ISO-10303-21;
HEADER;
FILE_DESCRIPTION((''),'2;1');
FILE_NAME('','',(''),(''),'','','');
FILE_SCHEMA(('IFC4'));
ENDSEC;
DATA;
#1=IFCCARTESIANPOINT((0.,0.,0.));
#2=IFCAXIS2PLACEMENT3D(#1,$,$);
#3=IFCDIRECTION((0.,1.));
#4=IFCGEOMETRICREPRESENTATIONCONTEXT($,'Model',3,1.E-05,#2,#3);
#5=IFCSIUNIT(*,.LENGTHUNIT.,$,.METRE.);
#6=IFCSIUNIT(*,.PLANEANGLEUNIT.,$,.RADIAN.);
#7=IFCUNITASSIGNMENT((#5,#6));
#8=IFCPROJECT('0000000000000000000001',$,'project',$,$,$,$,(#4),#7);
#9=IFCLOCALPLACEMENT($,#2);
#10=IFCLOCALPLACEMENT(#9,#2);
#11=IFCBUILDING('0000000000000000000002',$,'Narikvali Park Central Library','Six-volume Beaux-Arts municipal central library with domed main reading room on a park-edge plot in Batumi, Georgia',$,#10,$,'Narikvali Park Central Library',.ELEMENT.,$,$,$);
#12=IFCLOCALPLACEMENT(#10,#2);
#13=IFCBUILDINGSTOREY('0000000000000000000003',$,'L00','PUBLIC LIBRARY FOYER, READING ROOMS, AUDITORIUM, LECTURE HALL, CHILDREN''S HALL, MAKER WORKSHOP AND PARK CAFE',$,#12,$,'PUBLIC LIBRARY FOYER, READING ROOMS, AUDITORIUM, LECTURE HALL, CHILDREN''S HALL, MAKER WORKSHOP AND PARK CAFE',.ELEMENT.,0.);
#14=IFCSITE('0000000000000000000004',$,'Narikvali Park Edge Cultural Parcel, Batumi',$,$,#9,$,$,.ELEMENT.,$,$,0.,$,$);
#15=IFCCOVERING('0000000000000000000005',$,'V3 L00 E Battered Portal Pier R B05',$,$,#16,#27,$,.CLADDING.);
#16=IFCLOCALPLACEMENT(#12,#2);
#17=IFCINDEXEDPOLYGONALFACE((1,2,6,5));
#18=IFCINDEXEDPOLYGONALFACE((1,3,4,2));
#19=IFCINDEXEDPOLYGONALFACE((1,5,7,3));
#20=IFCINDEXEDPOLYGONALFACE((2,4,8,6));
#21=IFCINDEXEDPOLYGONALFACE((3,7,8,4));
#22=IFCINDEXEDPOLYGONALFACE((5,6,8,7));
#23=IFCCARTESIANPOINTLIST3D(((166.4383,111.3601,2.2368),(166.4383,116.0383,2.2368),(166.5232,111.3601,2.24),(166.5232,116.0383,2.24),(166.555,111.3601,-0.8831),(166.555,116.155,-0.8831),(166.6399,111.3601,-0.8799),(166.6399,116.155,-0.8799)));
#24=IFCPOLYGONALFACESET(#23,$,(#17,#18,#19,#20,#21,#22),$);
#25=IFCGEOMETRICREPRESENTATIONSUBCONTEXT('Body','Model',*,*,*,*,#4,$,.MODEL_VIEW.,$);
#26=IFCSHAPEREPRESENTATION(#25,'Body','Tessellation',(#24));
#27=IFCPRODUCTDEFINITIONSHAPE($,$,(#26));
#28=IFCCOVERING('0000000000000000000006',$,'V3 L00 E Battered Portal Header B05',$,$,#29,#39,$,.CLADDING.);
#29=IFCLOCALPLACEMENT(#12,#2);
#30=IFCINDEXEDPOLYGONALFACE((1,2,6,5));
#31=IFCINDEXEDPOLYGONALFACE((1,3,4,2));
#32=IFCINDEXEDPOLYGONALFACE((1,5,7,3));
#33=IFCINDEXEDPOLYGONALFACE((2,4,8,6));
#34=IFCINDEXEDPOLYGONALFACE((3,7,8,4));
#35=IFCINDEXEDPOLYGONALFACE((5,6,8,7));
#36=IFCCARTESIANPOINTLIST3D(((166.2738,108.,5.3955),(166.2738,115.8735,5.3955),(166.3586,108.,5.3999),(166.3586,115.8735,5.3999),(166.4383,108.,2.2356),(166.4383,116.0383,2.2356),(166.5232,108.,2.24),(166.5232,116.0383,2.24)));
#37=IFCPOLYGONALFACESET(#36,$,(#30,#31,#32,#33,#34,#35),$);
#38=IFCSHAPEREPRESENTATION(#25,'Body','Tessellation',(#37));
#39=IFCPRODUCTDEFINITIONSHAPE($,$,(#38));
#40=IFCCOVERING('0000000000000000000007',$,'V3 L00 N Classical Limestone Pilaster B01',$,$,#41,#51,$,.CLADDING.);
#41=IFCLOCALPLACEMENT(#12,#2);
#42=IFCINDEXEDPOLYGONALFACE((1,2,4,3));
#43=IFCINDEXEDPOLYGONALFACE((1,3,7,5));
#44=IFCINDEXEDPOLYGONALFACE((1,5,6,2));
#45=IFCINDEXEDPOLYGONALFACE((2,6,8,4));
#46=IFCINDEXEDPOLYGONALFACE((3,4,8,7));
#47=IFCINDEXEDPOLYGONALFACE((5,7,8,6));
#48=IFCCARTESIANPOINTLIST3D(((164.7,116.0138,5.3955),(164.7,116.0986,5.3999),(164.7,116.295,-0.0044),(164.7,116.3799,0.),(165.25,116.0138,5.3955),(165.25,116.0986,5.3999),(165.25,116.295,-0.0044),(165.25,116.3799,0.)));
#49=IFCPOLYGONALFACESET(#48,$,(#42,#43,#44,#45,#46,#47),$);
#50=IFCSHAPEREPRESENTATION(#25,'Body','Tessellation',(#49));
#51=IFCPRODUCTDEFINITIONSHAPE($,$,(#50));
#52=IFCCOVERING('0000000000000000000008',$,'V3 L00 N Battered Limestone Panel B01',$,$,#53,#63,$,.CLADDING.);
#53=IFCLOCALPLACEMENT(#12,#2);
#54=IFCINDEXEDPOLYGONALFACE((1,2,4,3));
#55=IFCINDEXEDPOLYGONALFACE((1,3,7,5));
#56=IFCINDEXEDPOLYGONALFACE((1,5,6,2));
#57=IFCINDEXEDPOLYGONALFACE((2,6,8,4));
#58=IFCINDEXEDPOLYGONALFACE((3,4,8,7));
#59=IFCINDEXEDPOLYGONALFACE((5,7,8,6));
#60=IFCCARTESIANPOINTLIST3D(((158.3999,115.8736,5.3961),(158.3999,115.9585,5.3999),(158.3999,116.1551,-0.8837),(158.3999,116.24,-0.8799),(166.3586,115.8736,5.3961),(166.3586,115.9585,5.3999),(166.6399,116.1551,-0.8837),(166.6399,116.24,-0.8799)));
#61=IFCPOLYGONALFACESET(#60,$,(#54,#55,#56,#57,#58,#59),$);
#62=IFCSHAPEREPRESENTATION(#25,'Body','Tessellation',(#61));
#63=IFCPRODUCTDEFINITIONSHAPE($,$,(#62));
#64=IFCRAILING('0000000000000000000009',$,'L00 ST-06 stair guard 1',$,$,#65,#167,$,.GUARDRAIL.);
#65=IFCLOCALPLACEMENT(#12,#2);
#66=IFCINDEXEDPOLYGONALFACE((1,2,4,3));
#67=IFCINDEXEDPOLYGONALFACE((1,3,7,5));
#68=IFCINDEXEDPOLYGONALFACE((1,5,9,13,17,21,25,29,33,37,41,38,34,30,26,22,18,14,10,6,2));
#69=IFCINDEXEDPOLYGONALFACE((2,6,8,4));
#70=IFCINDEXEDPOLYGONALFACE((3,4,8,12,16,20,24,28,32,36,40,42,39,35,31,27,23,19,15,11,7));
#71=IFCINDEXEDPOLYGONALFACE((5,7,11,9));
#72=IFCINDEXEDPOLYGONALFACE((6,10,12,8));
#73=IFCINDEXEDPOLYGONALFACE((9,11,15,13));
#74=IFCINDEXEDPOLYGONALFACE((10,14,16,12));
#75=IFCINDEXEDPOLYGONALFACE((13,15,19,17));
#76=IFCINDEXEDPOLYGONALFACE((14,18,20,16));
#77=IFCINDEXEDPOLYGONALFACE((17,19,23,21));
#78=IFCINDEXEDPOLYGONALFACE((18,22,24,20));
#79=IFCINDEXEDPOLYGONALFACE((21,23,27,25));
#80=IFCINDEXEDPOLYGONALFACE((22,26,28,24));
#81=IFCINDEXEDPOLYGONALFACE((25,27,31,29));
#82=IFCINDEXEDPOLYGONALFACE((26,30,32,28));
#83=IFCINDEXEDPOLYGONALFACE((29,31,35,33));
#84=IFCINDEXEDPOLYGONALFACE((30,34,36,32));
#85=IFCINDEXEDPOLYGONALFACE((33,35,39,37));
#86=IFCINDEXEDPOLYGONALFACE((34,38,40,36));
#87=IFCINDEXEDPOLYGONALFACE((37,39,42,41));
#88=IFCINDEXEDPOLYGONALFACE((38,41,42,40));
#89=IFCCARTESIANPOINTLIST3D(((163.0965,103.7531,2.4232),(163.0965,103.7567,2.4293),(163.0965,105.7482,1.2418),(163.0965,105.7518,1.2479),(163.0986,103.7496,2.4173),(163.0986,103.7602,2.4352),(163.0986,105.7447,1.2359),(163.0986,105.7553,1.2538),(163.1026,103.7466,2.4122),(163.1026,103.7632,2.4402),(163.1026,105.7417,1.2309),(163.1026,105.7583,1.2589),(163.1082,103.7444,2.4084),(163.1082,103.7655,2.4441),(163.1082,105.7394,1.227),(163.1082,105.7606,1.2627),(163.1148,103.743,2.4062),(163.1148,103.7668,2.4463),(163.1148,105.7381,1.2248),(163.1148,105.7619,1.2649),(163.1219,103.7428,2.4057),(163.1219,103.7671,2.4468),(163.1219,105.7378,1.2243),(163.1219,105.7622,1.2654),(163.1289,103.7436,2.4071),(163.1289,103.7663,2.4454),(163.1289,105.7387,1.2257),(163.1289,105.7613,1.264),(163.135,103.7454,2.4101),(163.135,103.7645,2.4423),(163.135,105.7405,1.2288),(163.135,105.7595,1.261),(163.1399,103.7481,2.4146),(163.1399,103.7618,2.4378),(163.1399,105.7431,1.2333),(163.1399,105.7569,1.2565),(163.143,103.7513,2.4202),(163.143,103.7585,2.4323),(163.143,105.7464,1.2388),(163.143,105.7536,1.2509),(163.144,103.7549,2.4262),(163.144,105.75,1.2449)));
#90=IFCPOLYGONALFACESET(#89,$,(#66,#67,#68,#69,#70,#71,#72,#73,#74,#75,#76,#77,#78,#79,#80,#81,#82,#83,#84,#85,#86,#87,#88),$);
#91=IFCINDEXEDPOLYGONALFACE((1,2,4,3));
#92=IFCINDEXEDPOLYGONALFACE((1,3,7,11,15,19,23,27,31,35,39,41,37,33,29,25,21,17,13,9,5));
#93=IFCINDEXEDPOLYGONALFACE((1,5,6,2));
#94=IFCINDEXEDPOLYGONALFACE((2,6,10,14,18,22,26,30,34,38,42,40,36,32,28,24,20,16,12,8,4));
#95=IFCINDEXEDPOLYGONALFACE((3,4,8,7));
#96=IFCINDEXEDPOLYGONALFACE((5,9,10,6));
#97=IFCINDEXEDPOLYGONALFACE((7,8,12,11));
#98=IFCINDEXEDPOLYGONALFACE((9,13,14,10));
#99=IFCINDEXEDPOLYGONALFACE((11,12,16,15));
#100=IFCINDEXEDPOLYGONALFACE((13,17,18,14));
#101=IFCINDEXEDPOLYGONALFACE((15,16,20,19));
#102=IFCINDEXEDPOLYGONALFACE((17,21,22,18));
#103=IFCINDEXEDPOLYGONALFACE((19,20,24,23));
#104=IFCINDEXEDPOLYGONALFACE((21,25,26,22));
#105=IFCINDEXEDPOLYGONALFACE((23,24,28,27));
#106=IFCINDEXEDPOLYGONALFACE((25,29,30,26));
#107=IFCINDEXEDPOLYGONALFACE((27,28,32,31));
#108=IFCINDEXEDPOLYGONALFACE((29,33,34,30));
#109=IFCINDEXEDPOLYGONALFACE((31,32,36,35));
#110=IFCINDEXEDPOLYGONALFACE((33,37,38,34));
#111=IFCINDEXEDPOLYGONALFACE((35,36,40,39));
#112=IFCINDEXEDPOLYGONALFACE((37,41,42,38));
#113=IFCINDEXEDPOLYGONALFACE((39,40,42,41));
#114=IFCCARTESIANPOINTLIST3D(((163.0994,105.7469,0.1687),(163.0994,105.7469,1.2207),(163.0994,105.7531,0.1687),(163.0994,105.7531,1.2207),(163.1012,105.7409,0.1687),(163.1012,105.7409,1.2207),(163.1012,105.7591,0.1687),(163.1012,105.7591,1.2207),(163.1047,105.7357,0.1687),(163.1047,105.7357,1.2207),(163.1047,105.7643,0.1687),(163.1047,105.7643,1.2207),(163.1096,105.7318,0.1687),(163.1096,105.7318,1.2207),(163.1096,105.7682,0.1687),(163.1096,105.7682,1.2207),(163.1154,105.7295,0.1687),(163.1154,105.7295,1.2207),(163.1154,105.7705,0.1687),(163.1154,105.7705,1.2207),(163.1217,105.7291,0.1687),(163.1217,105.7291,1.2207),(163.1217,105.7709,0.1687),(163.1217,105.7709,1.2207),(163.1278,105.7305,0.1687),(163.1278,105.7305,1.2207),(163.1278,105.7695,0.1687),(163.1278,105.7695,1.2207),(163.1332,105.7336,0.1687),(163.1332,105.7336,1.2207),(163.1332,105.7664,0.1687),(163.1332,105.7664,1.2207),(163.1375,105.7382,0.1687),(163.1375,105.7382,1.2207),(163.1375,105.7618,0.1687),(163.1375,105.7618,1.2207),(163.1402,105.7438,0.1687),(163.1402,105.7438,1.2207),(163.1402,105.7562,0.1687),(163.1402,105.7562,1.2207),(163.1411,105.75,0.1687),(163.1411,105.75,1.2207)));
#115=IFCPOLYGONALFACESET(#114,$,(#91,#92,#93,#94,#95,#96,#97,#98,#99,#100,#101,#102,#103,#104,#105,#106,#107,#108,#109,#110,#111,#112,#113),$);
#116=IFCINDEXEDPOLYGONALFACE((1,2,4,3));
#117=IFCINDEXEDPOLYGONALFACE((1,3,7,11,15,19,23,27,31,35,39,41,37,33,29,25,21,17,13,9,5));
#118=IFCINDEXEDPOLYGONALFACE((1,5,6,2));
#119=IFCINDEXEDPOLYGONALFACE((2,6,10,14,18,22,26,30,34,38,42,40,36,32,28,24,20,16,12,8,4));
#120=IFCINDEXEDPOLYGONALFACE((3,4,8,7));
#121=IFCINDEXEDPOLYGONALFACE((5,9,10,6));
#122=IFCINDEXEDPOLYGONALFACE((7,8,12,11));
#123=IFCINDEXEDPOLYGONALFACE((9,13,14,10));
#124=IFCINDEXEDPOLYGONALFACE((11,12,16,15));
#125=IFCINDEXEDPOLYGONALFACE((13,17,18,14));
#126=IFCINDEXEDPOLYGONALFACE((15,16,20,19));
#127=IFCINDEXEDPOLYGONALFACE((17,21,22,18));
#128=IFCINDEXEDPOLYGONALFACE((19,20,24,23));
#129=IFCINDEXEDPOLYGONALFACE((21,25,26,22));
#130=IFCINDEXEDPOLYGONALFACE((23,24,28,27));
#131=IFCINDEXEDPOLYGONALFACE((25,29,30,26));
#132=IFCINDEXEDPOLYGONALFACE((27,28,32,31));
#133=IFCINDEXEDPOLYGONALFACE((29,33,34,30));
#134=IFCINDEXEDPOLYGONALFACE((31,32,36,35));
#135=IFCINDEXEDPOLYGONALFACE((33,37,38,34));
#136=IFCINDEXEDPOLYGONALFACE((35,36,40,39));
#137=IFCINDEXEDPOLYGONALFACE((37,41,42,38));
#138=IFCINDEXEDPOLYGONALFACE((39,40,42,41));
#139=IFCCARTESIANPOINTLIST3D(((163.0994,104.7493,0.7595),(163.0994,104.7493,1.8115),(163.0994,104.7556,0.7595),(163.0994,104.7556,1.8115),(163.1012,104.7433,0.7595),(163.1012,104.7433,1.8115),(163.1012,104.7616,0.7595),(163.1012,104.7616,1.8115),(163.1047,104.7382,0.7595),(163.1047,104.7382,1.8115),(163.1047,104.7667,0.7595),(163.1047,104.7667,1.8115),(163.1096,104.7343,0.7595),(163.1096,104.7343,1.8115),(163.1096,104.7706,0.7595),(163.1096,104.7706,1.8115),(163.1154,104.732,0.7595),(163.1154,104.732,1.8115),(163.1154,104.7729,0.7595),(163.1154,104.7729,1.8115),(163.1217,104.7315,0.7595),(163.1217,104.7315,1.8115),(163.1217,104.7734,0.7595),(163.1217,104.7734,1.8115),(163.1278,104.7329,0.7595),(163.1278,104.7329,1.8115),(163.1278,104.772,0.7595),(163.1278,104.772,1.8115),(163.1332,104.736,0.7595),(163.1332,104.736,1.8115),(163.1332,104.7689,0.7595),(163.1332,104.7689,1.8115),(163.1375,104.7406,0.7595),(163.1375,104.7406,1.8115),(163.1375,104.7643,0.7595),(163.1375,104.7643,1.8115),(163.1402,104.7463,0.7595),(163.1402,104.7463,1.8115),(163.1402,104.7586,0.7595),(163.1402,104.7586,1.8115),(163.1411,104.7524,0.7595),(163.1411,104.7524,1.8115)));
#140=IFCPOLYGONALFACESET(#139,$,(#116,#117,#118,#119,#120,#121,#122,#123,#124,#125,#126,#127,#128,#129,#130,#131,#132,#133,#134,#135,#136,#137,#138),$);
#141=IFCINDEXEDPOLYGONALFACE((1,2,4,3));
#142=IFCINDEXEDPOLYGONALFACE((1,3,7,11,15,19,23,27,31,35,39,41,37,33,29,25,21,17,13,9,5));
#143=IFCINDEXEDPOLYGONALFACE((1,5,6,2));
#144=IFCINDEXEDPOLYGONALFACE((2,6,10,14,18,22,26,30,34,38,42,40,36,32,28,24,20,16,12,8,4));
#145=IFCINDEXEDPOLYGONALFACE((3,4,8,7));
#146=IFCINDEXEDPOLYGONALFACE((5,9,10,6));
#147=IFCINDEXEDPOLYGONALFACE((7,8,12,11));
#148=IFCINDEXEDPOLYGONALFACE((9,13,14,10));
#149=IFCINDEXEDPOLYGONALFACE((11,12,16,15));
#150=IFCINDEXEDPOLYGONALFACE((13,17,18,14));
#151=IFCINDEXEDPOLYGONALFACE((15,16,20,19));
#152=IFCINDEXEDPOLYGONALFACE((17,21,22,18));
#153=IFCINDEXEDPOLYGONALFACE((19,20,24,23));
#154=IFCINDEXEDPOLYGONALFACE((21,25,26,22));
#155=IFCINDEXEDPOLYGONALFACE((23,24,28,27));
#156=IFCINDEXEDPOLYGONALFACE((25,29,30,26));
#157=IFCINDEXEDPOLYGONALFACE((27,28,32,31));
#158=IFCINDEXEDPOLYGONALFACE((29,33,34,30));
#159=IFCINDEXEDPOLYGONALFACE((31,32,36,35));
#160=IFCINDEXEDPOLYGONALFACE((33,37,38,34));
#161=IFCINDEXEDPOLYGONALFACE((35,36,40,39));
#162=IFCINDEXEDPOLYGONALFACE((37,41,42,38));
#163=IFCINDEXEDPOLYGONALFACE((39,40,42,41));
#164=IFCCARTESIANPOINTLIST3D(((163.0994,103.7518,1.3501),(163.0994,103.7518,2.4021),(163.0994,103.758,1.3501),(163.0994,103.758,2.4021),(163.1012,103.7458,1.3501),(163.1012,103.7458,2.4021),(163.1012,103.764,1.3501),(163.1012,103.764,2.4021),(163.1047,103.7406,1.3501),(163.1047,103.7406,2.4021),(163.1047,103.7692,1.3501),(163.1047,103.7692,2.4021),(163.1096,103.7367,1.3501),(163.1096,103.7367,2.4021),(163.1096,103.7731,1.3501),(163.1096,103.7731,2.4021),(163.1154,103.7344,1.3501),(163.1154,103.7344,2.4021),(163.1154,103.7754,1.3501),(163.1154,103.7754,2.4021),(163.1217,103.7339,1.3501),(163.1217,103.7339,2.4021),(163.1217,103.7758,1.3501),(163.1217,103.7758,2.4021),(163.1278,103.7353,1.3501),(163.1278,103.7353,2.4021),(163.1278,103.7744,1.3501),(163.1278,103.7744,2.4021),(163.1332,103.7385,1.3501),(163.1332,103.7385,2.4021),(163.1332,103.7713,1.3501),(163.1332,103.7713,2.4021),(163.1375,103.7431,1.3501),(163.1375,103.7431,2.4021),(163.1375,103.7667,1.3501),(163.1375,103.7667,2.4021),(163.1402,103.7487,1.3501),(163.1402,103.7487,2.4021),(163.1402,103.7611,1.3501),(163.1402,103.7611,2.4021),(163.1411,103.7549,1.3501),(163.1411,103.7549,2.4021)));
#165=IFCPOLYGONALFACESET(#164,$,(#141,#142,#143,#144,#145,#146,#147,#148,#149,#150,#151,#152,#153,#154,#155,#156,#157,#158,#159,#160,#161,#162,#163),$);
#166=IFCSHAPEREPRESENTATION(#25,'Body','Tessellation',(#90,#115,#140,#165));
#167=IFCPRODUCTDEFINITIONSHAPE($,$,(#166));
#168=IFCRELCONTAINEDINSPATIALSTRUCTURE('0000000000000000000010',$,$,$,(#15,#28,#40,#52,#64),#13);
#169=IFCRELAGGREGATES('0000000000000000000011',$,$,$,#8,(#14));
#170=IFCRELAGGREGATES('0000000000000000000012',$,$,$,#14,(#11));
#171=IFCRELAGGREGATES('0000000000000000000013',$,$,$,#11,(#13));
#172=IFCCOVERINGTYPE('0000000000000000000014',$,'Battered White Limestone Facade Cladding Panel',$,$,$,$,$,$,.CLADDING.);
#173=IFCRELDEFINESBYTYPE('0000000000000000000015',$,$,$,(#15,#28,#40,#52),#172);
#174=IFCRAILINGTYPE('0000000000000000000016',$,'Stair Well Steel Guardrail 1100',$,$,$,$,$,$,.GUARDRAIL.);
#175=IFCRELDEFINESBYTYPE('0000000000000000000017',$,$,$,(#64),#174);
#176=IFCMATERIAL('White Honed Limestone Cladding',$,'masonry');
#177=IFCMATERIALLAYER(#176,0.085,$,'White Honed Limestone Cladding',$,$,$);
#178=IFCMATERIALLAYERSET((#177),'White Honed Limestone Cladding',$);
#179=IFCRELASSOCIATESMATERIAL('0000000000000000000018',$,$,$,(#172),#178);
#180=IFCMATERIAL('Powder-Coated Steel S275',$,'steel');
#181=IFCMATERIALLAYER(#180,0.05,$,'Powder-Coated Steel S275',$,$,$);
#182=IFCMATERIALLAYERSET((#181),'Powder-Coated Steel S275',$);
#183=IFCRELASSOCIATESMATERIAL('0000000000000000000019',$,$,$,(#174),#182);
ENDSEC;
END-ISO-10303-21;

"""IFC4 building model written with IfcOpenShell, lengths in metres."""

from ifc_helpers import new_model, si_unit, direction, frame, origin, origin_2d, place, context, subcontext, project, spatial, polyline, circle, outline, extrude, material, layer, layer_set, type_object, element, save


model = new_model("IFC4")

# Units and contexts
model_context = context("Model", 3, precision=1e-05, world=origin(), true_north=direction((0.0, 1.0)))
body_context = subcontext(model_context, "Body", "Model", "MODEL_VIEW")
ifc_project = project(units=[si_unit("LENGTHUNIT", "METRE"), si_unit("PLANEANGLEUNIT", "RADIAN")], contexts=[model_context])

# Site, building, storey
site_placement = place(None, origin())
site = spatial("IfcSite", under=ifc_project, at=site_placement, Name="Narikvali Park Edge Cultural Parcel, Batumi", CompositionType="ELEMENT", RefElevation=0.0)
building_placement = place(site_placement, origin())
building = spatial("IfcBuilding", under=site, at=building_placement, Name="Narikvali Park Central Library", Description="Six-volume Beaux-Arts municipal central library with domed main reading room on a park-edge plot in Batumi, Georgia", LongName="Narikvali Park Central Library", CompositionType="ELEMENT")
storey_placement = place(building_placement, origin())
storey = spatial("IfcBuildingStorey", under=building, at=storey_placement, Name="L00", Description="PUBLIC LIBRARY FOYER, READING ROOMS, AUDITORIUM, LECTURE HALL, CHILDREN'S HALL, MAKER WORKSHOP AND PARK CAFE", LongName="PUBLIC LIBRARY FOYER, READING ROOMS, AUDITORIUM, LECTURE HALL, CHILDREN'S HALL, MAKER WORKSHOP AND PARK CAFE", CompositionType="ELEMENT", Elevation=0.0)

# Coverings
ifc_material_1 = material(Name="White Honed Limestone Cladding", Category="masonry")
ifc_layer_1 = layer(ifc_material_1, 0.085, Name="White Honed Limestone Cladding")
ifc_layer_set_1 = layer_set([ifc_layer_1], Name="White Honed Limestone Cladding")
covering_type = type_object("IfcCoveringType", Name="Battered White Limestone Facade Cladding Panel", PredefinedType="CLADDING", material=ifc_layer_set_1)
covering_1_placement = place(storey_placement, frame((166.6399, 111.3601, -0.8799), z_axis=(0.999301, 0.0, 0.037379), x_axis=(0.0, 1.0, 0.0)))
element("IfcCovering", 1, at=covering_1_placement, inside=storey, type_object=covering_type, Name="V3 L00 E Battered Portal Pier R B05", PredefinedType="CLADDING", context=body_context, shape_type="SweptSolid", body=[
    extrude(outline(polyline([(0.0, 0.0), (4.7949, 0.0), (4.6782, 3.1221), (0.0, 3.1221), (0.0, 0.0)])), origin(), (0.0, 0.0, -1.0), 0.085),
])
covering_2_placement = place(storey_placement, frame((166.5232, 108.0, 2.24), z_axis=(0.998647, 0.0, 0.052004), x_axis=(0.0, 1.0, 0.0)))
element("IfcCovering", 2, at=covering_2_placement, inside=storey, type_object=covering_type, Name="V3 L00 E Battered Portal Header B05", PredefinedType="CLADDING", context=body_context, shape_type="SweptSolid", body=[
    extrude(outline(polyline([(0.0, 0.0), (8.0383, 0.0), (7.8735, 3.1642), (0.0, 3.1642), (0.0, 0.0)])), origin(), (0.0, 0.0, -1.0), 0.085),
])
covering_3_placement = place(storey_placement, frame((165.25, 116.3799, 0.0), z_axis=(0.0, 0.998646, 0.052014), x_axis=(-1.0, 0.0, 0.0)))
element("IfcCovering", 3, at=covering_3_placement, inside=storey, type_object=covering_type, Name="V3 L00 N Classical Limestone Pilaster B01", PredefinedType="CLADDING", context=body_context, shape_type="SweptSolid", body=[
    extrude(outline(polyline([(0.0, 0.0), (0.55, 0.0), (0.55, 5.4072), (0.0, 5.4072), (0.0, 0.0)])), origin(), (0.0, 0.0, -1.0), 0.085),
])
covering_4_placement = place(storey_placement, frame((166.6399, 116.24, -0.8799), z_axis=(0.0, 0.998997, 0.04478), x_axis=(-1.0, 0.0, 0.0)))
element("IfcCovering", 4, at=covering_4_placement, inside=storey, type_object=covering_type, Name="V3 L00 N Battered Limestone Panel B01", PredefinedType="CLADDING", context=body_context, shape_type="SweptSolid", body=[
    extrude(outline(polyline([(0.0, 0.0), (8.24, 0.0), (8.24, 6.2861), (0.2812, 6.2861), (0.0, 0.0)])), origin(), (0.0, 0.0, -1.0), 0.085),
])

# Railing
ifc_material_2 = material(Name="Powder-Coated Steel S275", Category="steel")
ifc_layer_2 = layer(ifc_material_2, 0.05, Name="Powder-Coated Steel S275")
ifc_layer_set_2 = layer_set([ifc_layer_2], Name="Powder-Coated Steel S275")
railing_type = type_object("IfcRailingType", Name="Stair Well Steel Guardrail 1100", PredefinedType="GUARDRAIL", material=ifc_layer_set_2)
railing_1_placement = place(storey_placement, frame((163.1201, 105.75, 0.1687)))
element("IfcRailing", 5, at=railing_1_placement, inside=storey, type_object=railing_type, Name="L00 ST-06 stair guard 1", PredefinedType="GUARDRAIL", context=body_context, shape_type="SweptSolid", body=[
    extrude(circle(Radius=0.0239, at=origin_2d()), frame((0.0, 0.0, 1.0762), z_axis=(0.0, -0.860461, 0.509517), x_axis=(1.0, 0.0, 0.0)), (0.0, 0.0, 1.0), 2.3186),
    extrude(circle(Radius=0.021, at=origin_2d()), origin(), (0.0, 0.0, 1.0), 1.052),
    extrude(circle(Radius=0.021, at=origin_2d()), frame((0.0, -0.9976, 0.5908)), (0.0, 0.0, 1.0), 1.052),
    extrude(circle(Radius=0.021, at=origin_2d()), frame((0.0, -1.9951, 1.1814)), (0.0, 0.0, 1.0), 1.052),
])

save(model, "model.ifc")
